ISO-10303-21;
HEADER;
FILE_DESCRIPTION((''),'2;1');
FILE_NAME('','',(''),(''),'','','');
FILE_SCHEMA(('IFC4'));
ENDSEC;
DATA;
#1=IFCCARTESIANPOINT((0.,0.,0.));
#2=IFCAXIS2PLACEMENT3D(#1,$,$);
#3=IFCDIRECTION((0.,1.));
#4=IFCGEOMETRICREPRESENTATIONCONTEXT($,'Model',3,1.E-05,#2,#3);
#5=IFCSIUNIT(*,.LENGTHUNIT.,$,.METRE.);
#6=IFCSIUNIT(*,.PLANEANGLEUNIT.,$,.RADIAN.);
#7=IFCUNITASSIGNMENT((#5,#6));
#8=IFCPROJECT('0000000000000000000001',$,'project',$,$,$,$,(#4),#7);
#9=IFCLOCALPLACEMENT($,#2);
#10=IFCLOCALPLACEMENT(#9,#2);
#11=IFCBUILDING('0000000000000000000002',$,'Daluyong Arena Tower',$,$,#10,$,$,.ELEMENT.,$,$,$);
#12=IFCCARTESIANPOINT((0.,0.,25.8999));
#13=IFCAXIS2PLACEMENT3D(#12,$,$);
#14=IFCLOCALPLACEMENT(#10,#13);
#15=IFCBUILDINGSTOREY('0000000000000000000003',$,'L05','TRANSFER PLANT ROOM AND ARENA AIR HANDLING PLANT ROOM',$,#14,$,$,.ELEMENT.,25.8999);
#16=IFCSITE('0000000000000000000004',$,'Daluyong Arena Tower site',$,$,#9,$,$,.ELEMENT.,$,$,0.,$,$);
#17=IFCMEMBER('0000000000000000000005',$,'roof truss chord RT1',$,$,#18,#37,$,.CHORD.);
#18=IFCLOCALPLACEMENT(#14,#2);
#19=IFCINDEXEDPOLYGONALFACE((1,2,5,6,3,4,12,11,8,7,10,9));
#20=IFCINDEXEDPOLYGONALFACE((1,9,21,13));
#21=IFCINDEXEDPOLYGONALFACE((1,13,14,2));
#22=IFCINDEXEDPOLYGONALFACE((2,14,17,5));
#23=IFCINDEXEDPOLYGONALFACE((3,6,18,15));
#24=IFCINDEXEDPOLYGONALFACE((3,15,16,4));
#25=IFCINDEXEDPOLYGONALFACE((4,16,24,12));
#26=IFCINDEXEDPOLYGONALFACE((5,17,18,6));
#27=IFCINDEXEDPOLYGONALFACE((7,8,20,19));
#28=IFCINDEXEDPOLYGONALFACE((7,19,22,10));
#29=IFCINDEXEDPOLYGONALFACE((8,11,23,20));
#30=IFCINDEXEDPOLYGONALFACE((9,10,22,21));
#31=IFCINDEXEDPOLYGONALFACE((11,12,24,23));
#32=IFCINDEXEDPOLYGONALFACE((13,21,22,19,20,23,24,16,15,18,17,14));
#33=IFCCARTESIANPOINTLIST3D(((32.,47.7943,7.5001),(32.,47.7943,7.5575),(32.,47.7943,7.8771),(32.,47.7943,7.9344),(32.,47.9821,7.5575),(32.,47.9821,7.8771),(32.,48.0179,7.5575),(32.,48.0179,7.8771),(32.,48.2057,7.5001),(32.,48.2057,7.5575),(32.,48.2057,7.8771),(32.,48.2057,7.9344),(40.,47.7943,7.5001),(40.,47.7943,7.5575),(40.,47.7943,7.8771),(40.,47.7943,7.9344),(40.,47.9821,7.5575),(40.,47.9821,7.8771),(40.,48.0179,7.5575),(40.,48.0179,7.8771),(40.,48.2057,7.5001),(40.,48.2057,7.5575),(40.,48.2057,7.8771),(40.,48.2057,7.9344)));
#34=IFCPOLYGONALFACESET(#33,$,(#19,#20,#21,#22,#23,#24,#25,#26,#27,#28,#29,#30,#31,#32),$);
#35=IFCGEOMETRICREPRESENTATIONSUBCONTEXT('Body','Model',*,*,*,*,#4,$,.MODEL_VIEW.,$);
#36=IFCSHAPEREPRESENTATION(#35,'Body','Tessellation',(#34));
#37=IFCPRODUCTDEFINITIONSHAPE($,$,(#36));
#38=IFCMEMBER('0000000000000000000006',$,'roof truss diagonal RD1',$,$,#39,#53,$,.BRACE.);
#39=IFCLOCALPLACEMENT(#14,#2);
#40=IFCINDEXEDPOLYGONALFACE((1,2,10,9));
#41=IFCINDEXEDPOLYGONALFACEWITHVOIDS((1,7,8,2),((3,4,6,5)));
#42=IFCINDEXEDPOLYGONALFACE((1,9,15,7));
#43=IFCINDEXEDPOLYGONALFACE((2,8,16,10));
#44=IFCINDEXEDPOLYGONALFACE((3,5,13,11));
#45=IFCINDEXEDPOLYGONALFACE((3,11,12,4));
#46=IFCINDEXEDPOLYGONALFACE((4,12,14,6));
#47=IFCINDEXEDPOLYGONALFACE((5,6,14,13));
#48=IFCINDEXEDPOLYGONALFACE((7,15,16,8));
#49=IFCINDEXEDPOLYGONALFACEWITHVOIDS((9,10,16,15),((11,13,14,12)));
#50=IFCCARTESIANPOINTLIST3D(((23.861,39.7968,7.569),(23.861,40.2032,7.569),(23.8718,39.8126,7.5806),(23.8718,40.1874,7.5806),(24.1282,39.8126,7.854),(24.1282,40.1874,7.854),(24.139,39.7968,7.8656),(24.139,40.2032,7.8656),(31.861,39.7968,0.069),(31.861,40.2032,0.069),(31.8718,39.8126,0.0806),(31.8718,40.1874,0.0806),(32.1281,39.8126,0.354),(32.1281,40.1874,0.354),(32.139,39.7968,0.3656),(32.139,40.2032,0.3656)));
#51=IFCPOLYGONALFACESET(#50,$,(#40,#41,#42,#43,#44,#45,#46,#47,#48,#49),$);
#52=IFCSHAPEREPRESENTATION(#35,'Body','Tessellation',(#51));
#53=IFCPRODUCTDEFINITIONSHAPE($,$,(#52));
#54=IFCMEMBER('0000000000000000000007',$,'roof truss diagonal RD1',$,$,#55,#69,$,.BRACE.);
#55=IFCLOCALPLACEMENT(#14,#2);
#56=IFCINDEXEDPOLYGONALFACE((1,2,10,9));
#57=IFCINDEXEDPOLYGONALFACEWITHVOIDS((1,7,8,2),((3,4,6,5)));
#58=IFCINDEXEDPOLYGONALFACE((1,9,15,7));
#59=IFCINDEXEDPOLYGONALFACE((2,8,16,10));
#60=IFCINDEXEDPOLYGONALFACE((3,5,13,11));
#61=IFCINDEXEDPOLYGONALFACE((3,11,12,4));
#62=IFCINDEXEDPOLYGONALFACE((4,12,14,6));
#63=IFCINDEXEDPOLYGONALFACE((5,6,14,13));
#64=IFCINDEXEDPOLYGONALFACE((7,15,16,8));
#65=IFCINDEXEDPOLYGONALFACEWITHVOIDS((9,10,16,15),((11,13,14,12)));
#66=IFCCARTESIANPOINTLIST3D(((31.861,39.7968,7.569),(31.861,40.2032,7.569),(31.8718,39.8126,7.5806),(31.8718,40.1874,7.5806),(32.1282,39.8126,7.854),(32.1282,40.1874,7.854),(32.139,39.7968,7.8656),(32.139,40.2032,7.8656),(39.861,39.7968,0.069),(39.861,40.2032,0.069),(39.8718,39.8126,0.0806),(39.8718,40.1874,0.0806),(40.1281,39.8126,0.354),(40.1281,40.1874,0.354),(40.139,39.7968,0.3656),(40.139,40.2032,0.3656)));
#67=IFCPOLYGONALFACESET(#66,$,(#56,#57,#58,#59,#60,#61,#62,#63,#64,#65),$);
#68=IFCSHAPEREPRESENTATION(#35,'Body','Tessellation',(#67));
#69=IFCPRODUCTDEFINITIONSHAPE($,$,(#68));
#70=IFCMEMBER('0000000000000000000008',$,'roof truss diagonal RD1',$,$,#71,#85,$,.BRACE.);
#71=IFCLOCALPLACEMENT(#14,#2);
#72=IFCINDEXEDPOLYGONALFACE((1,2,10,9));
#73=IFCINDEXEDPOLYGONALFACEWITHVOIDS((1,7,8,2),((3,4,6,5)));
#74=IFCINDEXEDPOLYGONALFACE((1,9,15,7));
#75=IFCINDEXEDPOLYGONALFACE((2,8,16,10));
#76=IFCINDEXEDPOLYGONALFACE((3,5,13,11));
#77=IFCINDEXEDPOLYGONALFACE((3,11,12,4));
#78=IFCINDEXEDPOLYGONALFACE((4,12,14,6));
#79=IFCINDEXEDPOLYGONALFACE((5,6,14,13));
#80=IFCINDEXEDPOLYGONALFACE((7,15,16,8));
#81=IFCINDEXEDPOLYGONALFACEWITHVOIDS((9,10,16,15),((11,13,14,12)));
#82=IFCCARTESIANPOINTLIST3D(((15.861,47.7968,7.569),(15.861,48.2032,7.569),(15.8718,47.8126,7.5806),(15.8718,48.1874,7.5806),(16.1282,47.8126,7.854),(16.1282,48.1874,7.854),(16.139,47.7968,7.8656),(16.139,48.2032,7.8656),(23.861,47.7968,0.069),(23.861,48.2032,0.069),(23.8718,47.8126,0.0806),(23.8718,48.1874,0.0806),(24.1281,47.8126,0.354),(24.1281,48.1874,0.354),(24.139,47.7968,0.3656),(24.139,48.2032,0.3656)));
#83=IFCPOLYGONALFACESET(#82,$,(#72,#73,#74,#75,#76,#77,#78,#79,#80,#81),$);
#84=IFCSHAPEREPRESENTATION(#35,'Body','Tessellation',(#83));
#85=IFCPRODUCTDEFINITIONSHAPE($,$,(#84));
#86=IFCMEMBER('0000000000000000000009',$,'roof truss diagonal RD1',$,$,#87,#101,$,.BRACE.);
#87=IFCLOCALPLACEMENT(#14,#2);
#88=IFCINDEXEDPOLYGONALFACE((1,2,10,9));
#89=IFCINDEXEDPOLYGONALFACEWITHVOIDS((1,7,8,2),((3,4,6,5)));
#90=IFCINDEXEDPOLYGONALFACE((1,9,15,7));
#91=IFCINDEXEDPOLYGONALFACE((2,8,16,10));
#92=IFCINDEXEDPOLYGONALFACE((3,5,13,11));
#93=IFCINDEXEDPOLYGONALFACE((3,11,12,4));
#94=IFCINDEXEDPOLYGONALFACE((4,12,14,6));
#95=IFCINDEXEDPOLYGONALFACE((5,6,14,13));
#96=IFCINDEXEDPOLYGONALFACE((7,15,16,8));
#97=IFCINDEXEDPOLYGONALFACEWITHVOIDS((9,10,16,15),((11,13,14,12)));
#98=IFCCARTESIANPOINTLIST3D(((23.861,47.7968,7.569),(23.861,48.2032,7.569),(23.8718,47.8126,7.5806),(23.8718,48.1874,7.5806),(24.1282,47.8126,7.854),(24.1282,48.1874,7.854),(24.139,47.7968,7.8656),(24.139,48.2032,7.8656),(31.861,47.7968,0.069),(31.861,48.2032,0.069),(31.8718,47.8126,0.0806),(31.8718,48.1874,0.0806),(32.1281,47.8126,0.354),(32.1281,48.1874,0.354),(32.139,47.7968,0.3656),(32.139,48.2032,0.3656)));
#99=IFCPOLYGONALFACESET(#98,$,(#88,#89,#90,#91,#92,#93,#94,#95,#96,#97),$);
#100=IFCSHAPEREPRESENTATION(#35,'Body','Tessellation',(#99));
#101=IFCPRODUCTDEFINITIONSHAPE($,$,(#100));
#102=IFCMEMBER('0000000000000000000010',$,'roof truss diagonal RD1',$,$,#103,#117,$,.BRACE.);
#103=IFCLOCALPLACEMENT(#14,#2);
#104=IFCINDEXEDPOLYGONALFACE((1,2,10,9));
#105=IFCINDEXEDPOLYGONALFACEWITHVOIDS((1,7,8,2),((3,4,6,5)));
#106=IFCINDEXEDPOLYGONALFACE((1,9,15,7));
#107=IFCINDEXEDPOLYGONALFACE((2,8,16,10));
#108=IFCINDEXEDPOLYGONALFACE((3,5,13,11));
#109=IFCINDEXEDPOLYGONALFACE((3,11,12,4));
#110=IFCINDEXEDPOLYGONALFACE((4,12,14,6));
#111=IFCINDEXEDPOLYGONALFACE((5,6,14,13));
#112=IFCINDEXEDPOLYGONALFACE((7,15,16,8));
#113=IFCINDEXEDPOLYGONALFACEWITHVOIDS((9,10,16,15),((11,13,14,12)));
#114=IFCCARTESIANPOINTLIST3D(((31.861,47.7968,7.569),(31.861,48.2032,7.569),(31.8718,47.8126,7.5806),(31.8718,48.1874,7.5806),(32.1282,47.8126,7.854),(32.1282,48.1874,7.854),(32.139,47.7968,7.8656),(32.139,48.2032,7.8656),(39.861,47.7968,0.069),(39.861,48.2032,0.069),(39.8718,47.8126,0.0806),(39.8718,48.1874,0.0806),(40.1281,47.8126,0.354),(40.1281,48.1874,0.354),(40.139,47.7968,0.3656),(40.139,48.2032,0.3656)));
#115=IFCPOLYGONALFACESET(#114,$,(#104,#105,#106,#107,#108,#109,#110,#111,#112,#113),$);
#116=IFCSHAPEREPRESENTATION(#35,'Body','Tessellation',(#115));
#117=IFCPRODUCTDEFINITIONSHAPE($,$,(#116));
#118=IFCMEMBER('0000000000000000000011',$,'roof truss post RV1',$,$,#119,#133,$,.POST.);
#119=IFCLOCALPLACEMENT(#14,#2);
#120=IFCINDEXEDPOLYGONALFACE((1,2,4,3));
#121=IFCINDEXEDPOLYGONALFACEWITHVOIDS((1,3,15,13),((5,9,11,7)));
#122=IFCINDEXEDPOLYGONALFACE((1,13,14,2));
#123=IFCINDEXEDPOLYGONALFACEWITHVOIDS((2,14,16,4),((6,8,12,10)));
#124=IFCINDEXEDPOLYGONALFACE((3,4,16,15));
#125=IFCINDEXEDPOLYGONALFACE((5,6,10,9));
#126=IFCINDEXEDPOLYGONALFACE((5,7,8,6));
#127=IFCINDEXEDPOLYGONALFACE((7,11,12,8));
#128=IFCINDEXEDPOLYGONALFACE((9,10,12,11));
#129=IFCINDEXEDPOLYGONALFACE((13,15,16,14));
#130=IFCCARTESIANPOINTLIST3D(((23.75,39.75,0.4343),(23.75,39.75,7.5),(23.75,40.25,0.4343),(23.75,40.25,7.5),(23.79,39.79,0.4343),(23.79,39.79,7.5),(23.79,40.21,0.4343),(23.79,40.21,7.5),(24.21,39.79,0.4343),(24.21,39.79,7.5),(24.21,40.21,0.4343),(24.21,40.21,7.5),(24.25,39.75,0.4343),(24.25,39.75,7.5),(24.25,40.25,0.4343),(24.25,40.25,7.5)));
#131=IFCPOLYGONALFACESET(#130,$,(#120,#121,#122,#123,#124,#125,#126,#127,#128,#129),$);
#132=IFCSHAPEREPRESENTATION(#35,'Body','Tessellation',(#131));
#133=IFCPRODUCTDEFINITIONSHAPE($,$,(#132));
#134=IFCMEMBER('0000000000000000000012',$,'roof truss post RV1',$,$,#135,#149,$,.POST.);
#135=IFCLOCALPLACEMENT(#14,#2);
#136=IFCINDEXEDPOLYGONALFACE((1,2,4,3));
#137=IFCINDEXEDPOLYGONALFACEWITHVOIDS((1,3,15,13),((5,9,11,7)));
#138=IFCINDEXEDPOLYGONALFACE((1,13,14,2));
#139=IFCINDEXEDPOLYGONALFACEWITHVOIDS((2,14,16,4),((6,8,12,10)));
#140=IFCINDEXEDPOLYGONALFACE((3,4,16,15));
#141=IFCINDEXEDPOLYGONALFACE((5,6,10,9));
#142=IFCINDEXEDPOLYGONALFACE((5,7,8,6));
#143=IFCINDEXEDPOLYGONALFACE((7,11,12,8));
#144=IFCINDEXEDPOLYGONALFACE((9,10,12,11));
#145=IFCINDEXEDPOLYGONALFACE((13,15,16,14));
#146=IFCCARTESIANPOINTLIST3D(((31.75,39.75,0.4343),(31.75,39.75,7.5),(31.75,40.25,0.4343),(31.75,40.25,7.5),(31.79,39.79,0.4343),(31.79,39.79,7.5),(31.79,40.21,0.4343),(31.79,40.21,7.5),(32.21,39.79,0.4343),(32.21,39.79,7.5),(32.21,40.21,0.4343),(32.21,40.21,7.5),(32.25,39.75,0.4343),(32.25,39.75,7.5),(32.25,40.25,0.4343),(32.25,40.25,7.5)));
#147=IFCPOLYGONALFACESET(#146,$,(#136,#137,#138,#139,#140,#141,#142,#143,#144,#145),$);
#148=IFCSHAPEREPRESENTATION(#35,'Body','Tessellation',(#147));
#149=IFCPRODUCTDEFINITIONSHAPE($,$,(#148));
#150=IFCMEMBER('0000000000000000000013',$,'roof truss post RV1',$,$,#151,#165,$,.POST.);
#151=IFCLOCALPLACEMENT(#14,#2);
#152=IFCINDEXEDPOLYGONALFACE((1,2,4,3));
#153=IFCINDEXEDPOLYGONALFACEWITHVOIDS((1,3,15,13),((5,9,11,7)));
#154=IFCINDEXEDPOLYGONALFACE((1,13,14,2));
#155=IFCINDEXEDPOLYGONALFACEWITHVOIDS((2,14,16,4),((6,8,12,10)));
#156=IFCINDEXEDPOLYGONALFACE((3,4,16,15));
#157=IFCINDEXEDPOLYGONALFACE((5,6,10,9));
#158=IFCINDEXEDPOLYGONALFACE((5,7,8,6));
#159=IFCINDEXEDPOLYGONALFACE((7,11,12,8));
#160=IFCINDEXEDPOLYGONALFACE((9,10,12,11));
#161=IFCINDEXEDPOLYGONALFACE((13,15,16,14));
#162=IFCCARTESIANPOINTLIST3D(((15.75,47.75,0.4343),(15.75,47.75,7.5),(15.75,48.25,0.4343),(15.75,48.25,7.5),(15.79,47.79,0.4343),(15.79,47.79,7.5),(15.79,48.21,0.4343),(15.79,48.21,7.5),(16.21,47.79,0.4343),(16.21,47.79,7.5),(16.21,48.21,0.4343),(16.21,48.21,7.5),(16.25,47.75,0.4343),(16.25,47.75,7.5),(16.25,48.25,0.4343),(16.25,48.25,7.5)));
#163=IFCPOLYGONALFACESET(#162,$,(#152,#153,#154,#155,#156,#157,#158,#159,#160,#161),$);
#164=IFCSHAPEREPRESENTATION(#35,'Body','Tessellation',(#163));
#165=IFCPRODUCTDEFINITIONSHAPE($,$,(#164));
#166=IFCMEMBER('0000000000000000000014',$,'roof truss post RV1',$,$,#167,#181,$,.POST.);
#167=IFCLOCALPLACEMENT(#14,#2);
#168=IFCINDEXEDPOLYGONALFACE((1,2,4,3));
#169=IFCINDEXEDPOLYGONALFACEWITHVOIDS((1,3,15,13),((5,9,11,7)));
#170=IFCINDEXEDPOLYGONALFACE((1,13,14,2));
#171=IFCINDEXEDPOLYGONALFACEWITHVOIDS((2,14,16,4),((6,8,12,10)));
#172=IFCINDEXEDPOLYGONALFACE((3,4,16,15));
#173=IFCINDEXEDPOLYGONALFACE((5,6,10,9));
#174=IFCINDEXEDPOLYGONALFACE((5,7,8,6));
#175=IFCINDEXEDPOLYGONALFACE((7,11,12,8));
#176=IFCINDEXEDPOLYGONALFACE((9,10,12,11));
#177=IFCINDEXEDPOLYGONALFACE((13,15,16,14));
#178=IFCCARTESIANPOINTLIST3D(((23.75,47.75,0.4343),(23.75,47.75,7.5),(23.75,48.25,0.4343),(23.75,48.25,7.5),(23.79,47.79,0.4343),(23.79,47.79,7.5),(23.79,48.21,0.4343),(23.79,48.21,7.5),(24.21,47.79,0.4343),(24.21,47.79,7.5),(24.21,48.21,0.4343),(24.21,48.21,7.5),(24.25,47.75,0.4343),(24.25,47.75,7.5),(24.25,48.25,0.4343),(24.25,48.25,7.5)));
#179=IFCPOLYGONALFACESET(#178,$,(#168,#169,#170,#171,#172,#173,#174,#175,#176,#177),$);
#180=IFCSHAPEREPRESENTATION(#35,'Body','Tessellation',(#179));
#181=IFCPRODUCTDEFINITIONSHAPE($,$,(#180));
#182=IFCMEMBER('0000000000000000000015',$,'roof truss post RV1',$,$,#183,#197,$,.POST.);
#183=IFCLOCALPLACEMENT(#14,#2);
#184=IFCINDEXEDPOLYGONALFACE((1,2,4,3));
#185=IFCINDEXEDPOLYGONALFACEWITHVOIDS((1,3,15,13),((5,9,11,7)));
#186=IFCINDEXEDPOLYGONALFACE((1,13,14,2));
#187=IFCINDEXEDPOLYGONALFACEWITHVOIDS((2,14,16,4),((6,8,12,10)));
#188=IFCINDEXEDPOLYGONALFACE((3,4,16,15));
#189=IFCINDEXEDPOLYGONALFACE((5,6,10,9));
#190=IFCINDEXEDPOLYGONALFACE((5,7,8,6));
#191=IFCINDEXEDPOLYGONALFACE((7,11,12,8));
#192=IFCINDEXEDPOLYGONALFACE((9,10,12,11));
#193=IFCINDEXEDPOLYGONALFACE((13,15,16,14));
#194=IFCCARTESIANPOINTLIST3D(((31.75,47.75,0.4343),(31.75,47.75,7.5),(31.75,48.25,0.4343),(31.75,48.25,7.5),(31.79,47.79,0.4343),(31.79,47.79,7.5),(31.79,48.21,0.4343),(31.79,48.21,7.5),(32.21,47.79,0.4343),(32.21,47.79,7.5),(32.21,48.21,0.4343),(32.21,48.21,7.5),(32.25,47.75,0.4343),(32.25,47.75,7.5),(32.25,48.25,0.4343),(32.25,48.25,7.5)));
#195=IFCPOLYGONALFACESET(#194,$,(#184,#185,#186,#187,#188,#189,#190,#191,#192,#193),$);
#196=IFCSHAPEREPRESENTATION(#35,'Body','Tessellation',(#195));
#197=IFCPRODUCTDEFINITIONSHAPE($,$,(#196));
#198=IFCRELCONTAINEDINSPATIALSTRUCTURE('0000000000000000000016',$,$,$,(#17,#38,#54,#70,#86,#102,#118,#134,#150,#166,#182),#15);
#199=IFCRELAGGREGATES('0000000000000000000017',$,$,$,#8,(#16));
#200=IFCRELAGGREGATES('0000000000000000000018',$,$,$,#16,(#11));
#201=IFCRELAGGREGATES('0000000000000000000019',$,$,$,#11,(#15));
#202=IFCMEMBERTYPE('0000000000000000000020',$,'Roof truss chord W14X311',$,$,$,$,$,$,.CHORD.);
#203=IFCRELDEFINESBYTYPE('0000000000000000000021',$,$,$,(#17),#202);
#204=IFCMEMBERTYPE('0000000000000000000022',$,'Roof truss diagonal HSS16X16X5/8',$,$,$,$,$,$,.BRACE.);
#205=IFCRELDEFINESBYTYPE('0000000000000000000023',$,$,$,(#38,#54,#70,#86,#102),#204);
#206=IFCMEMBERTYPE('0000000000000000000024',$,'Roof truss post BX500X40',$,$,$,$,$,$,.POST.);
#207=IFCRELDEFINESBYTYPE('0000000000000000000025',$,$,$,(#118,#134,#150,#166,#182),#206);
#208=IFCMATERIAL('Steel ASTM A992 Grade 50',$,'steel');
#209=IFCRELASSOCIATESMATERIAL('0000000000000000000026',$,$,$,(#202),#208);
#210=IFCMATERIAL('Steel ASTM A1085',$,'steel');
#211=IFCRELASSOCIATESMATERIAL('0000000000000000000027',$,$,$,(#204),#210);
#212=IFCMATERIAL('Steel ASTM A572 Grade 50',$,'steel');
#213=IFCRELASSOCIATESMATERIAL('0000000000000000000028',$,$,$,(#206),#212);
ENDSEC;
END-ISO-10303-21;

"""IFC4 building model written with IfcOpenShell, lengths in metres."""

from ifc_helpers import new_model, si_unit, direction, frame, origin, origin_2d, place, context, subcontext, project, spatial, hollow_rectangle, i_section, extrude, material, material_profile, profile_set, type_object, element, save


model = new_model("IFC4")

# Units and contexts
model_context = context("Model", 3, precision=1e-05, world=origin(), true_north=direction((0.0, 1.0)))
body_context = subcontext(model_context, "Body", "Model", "MODEL_VIEW")
ifc_project = project(units=[si_unit("LENGTHUNIT", "METRE"), si_unit("PLANEANGLEUNIT", "RADIAN")], contexts=[model_context])

# Site, building, storey
site_placement = place(None, origin())
site = spatial("IfcSite", under=ifc_project, at=site_placement, Name="Daluyong Arena Tower site", CompositionType="ELEMENT", RefElevation=0.0)
building_placement = place(site_placement, origin())
building = spatial("IfcBuilding", under=site, at=building_placement, Name="Daluyong Arena Tower", CompositionType="ELEMENT")
storey_placement = place(building_placement, frame((0.0, 0.0, 25.8999)))
storey = spatial("IfcBuildingStorey", under=building, at=storey_placement, Name="L05", Description="TRANSFER PLANT ROOM AND ARENA AIR HANDLING PLANT ROOM", CompositionType="ELEMENT", Elevation=25.8999)

# Members
ifc_material_1 = material(Name="Steel ASTM A992 Grade 50", Category="steel")
ifc_material_profile_1 = material_profile(ifc_material_1, i_section(OverallWidth=0.4114, OverallDepth=0.4343, WebThickness=0.0359, FlangeThickness=0.0574, at=origin_2d()))
ifc_profile_set_1 = profile_set([ifc_material_profile_1], Name="Steel ASTM A992 Grade 50")
member_type_1 = type_object("IfcMemberType", Name="Roof truss chord W14X311", PredefinedType="CHORD", material=ifc_profile_set_1)
for number, where, z_axis, x_axis, name in (
    (1, (32.0, 48.0, 7.7173), (1.0, 0.0, 0.0), (0.0, 1.0, 0.0), "roof truss chord RT1"),
):
    element("IfcMember", number, at=place(storey_placement, frame(where, z_axis=z_axis, x_axis=x_axis)), inside=storey, type_object=member_type_1, Name=name, PredefinedType="CHORD", context=body_context, shape_type="SweptSolid", body=[
        extrude(i_section(OverallWidth=0.4114, OverallDepth=0.4343, WebThickness=0.0359, FlangeThickness=0.0574, at=origin_2d()), origin(), (0.0, 0.0, 1.0), 8.0),
    ])
ifc_material_2 = material(Name="Steel ASTM A1085", Category="steel")
ifc_material_profile_2 = material_profile(ifc_material_2, hollow_rectangle(XDim=0.4065, YDim=0.4065, WallThickness=0.0159, at=origin_2d()))
ifc_profile_set_2 = profile_set([ifc_material_profile_2], Name="Steel ASTM A1085")
member_type_2 = type_object("IfcMemberType", Name="Roof truss diagonal HSS16X16X5/8", PredefinedType="BRACE", material=ifc_profile_set_2)
for number, where, z_axis, x_axis, name in (
    (2, (24.0, 40.0, 7.7173), (0.729537, 0.0, -0.683941), (0.0, 1.0, 0.0), "roof truss diagonal RD1"),
    (3, (32.0, 40.0, 7.7173), (0.729537, 0.0, -0.683941), (0.0, 1.0, 0.0), "roof truss diagonal RD1"),
    (4, (16.0, 48.0, 7.7173), (0.729537, 0.0, -0.683941), (0.0, 1.0, 0.0), "roof truss diagonal RD1"),
    (5, (24.0, 48.0, 7.7173), (0.729537, 0.0, -0.683941), (0.0, 1.0, 0.0), "roof truss diagonal RD1"),
    (6, (32.0, 48.0, 7.7173), (0.729537, 0.0, -0.683941), (0.0, 1.0, 0.0), "roof truss diagonal RD1"),
):
    element("IfcMember", number, at=place(storey_placement, frame(where, z_axis=z_axis, x_axis=x_axis)), inside=storey, type_object=member_type_2, Name=name, PredefinedType="BRACE", context=body_context, shape_type="SweptSolid", body=[
        extrude(hollow_rectangle(XDim=0.4065, YDim=0.4065, WallThickness=0.0159, at=origin_2d()), origin(), (0.0, 0.0, 1.0), 10.9658),
    ])
ifc_material_3 = material(Name="Steel ASTM A572 Grade 50", Category="steel")
ifc_material_profile_3 = material_profile(ifc_material_3, hollow_rectangle(XDim=0.5, YDim=0.5, WallThickness=0.04, at=origin_2d()))
ifc_profile_set_3 = profile_set([ifc_material_profile_3], Name="Steel ASTM A572 Grade 50")
member_type_3 = type_object("IfcMemberType", Name="Roof truss post BX500X40", PredefinedType="POST", material=ifc_profile_set_3)
for number, where, z_axis, x_axis, name in (
    (7, (24.0, 40.0, 0.4343), (0.0, 0.0, 1.0), (1.0, 0.0, 0.0), "roof truss post RV1"),
    (8, (32.0, 40.0, 0.4343), (0.0, 0.0, 1.0), (1.0, 0.0, 0.0), "roof truss post RV1"),
    (9, (16.0, 48.0, 0.4343), (0.0, 0.0, 1.0), (1.0, 0.0, 0.0), "roof truss post RV1"),
    (10, (24.0, 48.0, 0.4343), (0.0, 0.0, 1.0), (1.0, 0.0, 0.0), "roof truss post RV1"),
    (11, (32.0, 48.0, 0.4343), (0.0, 0.0, 1.0), (1.0, 0.0, 0.0), "roof truss post RV1"),
):
    element("IfcMember", number, at=place(storey_placement, frame(where, z_axis=z_axis, x_axis=x_axis)), inside=storey, type_object=member_type_3, Name=name, PredefinedType="POST", context=body_context, shape_type="SweptSolid", body=[
        extrude(hollow_rectangle(XDim=0.5, YDim=0.5, WallThickness=0.04, at=origin_2d()), origin(), (0.0, 0.0, 1.0), 7.0657),
    ])

save(model, "model.ifc")
